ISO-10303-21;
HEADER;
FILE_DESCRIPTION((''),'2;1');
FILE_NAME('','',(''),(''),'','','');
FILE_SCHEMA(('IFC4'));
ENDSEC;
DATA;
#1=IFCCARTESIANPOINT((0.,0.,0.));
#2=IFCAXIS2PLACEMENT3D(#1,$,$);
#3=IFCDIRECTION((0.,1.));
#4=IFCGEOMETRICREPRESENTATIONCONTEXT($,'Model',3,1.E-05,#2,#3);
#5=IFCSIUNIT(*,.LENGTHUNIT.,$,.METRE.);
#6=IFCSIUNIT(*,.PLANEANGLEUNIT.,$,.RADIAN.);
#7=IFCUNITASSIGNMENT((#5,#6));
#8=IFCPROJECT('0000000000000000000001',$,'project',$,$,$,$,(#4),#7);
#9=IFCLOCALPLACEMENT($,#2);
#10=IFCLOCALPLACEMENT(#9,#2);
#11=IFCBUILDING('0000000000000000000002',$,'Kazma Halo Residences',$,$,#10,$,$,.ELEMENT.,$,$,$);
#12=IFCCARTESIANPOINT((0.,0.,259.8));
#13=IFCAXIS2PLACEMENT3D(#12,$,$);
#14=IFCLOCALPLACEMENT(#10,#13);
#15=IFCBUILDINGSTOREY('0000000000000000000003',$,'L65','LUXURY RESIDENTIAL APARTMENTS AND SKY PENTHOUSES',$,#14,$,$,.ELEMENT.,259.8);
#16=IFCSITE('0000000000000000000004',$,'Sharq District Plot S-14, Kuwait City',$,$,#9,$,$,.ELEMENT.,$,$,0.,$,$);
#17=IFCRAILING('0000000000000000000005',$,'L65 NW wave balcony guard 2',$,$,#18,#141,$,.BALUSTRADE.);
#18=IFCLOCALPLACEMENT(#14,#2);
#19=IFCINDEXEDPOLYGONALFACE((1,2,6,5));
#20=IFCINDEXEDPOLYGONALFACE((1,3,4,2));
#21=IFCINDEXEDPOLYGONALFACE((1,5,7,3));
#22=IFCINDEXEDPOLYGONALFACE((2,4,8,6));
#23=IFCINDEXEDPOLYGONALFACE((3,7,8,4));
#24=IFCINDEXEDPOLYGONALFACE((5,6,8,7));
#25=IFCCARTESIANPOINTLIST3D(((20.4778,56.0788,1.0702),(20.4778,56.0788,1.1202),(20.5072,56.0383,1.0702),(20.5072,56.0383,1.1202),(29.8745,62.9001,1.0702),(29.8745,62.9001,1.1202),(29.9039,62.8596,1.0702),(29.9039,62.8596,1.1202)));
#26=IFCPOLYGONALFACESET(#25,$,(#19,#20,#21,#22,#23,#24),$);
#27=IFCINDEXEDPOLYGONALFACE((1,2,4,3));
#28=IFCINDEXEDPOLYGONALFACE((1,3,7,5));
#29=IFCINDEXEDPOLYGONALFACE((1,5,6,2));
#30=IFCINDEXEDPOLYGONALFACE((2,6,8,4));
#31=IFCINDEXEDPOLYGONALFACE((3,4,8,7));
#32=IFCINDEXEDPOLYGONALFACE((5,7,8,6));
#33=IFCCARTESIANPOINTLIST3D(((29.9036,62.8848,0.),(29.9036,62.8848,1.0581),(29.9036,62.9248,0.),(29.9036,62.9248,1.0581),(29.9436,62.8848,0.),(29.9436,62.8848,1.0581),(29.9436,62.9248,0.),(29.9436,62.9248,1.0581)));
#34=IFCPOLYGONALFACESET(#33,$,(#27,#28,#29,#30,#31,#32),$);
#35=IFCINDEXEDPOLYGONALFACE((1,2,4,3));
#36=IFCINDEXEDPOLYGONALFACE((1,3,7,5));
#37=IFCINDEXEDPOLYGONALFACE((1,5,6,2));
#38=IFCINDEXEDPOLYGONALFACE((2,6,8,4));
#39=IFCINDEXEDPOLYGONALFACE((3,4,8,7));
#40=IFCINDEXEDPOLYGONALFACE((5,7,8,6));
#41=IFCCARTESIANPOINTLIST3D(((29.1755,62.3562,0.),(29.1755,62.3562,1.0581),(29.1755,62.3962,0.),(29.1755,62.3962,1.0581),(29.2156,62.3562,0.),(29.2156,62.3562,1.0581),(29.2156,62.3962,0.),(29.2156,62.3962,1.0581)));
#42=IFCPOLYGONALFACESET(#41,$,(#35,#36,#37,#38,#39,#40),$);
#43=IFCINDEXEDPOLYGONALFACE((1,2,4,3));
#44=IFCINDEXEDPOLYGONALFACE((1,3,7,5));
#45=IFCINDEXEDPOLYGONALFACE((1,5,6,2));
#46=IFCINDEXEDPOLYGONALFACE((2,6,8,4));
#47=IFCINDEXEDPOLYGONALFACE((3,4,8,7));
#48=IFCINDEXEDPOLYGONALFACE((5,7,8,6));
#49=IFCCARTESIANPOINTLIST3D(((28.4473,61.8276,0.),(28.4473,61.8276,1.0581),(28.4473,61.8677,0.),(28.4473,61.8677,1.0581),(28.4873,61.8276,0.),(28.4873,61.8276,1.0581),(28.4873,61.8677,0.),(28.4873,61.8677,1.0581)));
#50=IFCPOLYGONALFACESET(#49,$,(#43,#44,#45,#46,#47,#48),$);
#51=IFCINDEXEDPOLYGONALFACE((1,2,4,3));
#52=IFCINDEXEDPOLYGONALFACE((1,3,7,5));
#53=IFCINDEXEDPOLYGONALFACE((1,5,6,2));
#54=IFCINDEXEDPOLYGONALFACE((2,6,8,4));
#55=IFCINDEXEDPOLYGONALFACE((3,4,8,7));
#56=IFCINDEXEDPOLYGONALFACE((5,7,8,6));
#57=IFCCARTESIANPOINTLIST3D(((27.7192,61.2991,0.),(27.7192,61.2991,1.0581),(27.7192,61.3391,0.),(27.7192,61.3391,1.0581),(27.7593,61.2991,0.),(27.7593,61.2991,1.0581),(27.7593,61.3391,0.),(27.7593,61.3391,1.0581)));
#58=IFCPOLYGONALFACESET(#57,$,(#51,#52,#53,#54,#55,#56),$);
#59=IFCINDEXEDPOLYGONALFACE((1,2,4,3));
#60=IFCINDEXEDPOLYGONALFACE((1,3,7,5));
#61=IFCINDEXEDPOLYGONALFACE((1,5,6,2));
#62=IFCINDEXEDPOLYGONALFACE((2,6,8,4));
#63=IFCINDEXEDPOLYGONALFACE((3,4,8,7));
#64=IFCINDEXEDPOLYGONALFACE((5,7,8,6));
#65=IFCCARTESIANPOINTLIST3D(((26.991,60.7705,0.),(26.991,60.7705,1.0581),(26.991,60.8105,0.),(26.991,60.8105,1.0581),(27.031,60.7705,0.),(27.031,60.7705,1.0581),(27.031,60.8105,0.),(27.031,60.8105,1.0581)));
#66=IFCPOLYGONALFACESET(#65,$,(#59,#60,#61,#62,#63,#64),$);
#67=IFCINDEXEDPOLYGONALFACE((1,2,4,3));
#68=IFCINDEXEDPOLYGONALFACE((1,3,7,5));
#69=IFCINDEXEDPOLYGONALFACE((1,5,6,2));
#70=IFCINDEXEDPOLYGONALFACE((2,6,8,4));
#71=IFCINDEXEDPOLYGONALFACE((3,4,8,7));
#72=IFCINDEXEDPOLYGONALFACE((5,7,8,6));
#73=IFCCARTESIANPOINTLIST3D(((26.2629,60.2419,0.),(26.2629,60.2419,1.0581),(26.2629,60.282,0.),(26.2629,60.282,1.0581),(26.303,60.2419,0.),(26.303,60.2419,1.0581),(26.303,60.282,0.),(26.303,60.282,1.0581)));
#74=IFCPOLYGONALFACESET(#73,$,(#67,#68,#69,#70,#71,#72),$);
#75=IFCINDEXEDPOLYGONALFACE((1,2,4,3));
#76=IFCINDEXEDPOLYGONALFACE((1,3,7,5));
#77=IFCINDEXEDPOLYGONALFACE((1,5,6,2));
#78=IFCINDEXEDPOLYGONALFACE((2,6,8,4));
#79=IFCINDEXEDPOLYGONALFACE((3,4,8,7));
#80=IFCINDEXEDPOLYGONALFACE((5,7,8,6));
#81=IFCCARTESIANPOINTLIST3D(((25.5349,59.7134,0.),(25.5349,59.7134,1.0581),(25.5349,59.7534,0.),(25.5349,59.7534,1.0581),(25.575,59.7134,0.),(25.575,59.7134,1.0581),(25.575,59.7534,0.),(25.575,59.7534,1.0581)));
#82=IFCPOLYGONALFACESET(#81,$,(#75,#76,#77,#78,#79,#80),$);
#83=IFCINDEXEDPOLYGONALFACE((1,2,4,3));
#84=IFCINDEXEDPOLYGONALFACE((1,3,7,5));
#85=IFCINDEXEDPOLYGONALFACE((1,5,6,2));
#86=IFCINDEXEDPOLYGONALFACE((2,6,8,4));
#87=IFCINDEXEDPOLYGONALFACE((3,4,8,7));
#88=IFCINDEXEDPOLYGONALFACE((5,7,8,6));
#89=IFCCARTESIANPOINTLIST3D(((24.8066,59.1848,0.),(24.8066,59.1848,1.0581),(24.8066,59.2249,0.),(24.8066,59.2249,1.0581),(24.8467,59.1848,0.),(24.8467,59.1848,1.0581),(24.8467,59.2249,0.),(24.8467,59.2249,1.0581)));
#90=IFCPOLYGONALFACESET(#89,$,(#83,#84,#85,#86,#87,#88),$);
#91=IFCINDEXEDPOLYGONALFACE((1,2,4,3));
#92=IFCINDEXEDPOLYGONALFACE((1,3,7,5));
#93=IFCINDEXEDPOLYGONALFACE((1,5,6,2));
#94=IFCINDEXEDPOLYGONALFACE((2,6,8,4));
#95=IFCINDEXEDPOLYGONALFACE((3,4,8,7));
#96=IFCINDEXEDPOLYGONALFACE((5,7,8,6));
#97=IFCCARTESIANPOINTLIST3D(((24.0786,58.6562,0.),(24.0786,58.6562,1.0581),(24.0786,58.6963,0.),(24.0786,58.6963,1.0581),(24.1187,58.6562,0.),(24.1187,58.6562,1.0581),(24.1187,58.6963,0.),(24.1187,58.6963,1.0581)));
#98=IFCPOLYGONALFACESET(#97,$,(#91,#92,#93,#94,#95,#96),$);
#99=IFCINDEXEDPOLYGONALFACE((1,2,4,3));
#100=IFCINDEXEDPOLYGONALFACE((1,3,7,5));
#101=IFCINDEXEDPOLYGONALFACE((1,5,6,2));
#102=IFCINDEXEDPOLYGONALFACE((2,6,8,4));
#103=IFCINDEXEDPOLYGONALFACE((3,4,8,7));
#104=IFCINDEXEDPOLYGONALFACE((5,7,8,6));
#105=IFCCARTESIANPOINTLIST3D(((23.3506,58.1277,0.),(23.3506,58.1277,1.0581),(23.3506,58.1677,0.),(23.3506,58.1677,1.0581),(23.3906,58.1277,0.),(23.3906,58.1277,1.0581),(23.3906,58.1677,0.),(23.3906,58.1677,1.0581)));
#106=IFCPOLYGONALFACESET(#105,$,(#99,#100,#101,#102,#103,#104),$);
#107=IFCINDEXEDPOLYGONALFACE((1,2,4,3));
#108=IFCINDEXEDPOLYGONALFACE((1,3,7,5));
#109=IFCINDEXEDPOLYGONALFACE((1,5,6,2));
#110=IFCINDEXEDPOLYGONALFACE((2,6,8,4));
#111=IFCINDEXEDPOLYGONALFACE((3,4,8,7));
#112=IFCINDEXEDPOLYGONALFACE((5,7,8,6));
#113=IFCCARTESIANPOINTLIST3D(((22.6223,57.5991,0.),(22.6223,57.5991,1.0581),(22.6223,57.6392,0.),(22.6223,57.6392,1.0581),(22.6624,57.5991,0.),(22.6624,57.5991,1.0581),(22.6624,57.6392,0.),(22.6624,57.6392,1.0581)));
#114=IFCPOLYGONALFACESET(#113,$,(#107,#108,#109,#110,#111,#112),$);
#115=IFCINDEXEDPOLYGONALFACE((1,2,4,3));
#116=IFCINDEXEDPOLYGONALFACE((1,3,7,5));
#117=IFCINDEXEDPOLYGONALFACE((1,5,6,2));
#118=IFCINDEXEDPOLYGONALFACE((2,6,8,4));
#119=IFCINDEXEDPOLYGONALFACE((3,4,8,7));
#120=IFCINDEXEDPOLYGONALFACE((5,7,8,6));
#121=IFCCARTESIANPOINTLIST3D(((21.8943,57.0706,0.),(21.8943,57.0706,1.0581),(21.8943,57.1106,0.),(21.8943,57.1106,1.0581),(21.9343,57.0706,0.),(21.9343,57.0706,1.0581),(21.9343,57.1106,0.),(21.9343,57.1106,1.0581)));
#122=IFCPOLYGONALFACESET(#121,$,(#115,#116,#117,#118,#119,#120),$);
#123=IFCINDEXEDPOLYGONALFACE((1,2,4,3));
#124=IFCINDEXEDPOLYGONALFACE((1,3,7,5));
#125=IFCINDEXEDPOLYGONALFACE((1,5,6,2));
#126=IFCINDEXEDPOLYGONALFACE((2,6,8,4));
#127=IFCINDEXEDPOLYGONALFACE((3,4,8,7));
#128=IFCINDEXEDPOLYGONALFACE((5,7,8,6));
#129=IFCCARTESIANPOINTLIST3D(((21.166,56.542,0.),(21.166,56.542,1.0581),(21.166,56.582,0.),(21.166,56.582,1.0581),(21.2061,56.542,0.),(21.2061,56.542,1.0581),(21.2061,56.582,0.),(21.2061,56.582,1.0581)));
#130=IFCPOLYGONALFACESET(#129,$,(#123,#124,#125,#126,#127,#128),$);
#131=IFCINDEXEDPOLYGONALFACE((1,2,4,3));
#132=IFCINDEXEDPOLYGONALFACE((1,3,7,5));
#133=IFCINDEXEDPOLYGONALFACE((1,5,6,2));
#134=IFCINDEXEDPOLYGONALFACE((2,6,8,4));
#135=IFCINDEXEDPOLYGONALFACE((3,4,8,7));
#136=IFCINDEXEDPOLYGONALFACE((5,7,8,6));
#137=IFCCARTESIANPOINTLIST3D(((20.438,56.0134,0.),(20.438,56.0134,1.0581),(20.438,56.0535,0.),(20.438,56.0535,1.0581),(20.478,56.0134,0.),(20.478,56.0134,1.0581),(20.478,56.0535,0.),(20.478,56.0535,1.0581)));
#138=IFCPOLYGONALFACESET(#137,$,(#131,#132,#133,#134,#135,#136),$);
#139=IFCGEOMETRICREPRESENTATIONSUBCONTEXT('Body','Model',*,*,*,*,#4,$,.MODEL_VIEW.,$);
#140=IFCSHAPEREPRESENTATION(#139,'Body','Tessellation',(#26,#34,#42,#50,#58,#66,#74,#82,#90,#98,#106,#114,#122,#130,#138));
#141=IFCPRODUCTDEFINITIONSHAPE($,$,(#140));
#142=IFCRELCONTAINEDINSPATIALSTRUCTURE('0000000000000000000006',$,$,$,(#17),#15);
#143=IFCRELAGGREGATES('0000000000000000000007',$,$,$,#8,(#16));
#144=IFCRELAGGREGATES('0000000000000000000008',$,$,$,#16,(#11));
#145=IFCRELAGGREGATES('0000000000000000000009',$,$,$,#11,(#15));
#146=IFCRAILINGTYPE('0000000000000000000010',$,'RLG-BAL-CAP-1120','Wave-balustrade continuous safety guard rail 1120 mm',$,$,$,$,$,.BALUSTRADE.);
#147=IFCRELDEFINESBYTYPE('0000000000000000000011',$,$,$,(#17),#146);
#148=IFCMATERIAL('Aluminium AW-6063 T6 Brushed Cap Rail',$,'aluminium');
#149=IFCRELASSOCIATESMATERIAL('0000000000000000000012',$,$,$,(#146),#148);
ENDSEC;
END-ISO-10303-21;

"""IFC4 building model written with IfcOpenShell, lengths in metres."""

from ifc_helpers import new_model, si_unit, direction, frame, origin, origin_2d, place, context, subcontext, project, spatial, rectangle, extrude, material, type_object, element, save


model = new_model("IFC4")

# Units and contexts
model_context = context("Model", 3, precision=1e-05, world=origin(), true_north=direction((0.0, 1.0)))
body_context = subcontext(model_context, "Body", "Model", "MODEL_VIEW")
ifc_project = project(units=[si_unit("LENGTHUNIT", "METRE"), si_unit("PLANEANGLEUNIT", "RADIAN")], contexts=[model_context])

# Site, building, storey
site_placement = place(None, origin())
site = spatial("IfcSite", under=ifc_project, at=site_placement, Name="Sharq District Plot S-14, Kuwait City", CompositionType="ELEMENT", RefElevation=0.0)
building_placement = place(site_placement, origin())
building = spatial("IfcBuilding", under=site, at=building_placement, Name="Kazma Halo Residences", CompositionType="ELEMENT")
storey_placement = place(building_placement, frame((0.0, 0.0, 259.8)))
storey = spatial("IfcBuildingStorey", under=building, at=storey_placement, Name="L65", Description="LUXURY RESIDENTIAL APARTMENTS AND SKY PENTHOUSES", CompositionType="ELEMENT", Elevation=259.8)

# Railing
ifc_material_1 = material(Name="Aluminium AW-6063 T6 Brushed Cap Rail", Category="aluminium")
railing_type = type_object("IfcRailingType", Name="RLG-BAL-CAP-1120", Description="Wave-balustrade continuous safety guard rail 1120 mm", PredefinedType="BALUSTRADE", material=ifc_material_1)
railing_1_placement = place(storey_placement, frame((29.9236, 62.9048, 0.0)))
element("IfcRailing", 1, at=railing_1_placement, inside=storey, type_object=railing_type, Name="L65 NW wave balcony guard 2", PredefinedType="BALUSTRADE", context=body_context, shape_type="SweptSolid", body=[
    extrude(rectangle(XDim=0.05, YDim=0.05, at=origin_2d()), frame((-0.0344, -0.0249, 1.0952), z_axis=(-0.809253, -0.58746, 0.0), x_axis=(0.58746, -0.809253, 0.0)), (0.0, 0.0, 1.0), 11.6116),
    extrude(rectangle(XDim=0.04, YDim=0.04, at=origin_2d()), origin(), (0.0, 0.0, 1.0), 1.0581),
    extrude(rectangle(XDim=0.04, YDim=0.04, at=origin_2d()), frame((-0.728, -0.5286, 0.0)), (0.0, 0.0, 1.0), 1.0581),
    extrude(rectangle(XDim=0.04, YDim=0.04, at=origin_2d()), frame((-1.4563, -1.0571, 0.0)), (0.0, 0.0, 1.0), 1.0581),
    extrude(rectangle(XDim=0.04, YDim=0.04, at=origin_2d()), frame((-2.1843, -1.5857, 0.0)), (0.0, 0.0, 1.0), 1.0581),
    extrude(rectangle(XDim=0.04, YDim=0.04, at=origin_2d()), frame((-2.9126, -2.1143, 0.0)), (0.0, 0.0, 1.0), 1.0581),
    extrude(rectangle(XDim=0.04, YDim=0.04, at=origin_2d()), frame((-3.6406, -2.6428, 0.0)), (0.0, 0.0, 1.0), 1.0581),
    extrude(rectangle(XDim=0.04, YDim=0.04, at=origin_2d()), frame((-4.3687, -3.1714, 0.0)), (0.0, 0.0, 1.0), 1.0581),
    extrude(rectangle(XDim=0.04, YDim=0.04, at=origin_2d()), frame((-5.0969, -3.7, 0.0)), (0.0, 0.0, 1.0), 1.0581),
    extrude(rectangle(XDim=0.04, YDim=0.04, at=origin_2d()), frame((-5.825, -4.2285, 0.0)), (0.0, 0.0, 1.0), 1.0581),
    extrude(rectangle(XDim=0.04, YDim=0.04, at=origin_2d()), frame((-6.553, -4.7571, 0.0)), (0.0, 0.0, 1.0), 1.0581),
    extrude(rectangle(XDim=0.04, YDim=0.04, at=origin_2d()), frame((-7.2812, -5.2856, 0.0)), (0.0, 0.0, 1.0), 1.0581),
    extrude(rectangle(XDim=0.04, YDim=0.04, at=origin_2d()), frame((-8.0093, -5.8142, 0.0)), (0.0, 0.0, 1.0), 1.0581),
    extrude(rectangle(XDim=0.04, YDim=0.04, at=origin_2d()), frame((-8.7375, -6.3428, 0.0)), (0.0, 0.0, 1.0), 1.0581),
    extrude(rectangle(XDim=0.04, YDim=0.04, at=origin_2d()), frame((-9.4656, -6.8713, 0.0)), (0.0, 0.0, 1.0), 1.0581),
])

save(model, "model.ifc")
